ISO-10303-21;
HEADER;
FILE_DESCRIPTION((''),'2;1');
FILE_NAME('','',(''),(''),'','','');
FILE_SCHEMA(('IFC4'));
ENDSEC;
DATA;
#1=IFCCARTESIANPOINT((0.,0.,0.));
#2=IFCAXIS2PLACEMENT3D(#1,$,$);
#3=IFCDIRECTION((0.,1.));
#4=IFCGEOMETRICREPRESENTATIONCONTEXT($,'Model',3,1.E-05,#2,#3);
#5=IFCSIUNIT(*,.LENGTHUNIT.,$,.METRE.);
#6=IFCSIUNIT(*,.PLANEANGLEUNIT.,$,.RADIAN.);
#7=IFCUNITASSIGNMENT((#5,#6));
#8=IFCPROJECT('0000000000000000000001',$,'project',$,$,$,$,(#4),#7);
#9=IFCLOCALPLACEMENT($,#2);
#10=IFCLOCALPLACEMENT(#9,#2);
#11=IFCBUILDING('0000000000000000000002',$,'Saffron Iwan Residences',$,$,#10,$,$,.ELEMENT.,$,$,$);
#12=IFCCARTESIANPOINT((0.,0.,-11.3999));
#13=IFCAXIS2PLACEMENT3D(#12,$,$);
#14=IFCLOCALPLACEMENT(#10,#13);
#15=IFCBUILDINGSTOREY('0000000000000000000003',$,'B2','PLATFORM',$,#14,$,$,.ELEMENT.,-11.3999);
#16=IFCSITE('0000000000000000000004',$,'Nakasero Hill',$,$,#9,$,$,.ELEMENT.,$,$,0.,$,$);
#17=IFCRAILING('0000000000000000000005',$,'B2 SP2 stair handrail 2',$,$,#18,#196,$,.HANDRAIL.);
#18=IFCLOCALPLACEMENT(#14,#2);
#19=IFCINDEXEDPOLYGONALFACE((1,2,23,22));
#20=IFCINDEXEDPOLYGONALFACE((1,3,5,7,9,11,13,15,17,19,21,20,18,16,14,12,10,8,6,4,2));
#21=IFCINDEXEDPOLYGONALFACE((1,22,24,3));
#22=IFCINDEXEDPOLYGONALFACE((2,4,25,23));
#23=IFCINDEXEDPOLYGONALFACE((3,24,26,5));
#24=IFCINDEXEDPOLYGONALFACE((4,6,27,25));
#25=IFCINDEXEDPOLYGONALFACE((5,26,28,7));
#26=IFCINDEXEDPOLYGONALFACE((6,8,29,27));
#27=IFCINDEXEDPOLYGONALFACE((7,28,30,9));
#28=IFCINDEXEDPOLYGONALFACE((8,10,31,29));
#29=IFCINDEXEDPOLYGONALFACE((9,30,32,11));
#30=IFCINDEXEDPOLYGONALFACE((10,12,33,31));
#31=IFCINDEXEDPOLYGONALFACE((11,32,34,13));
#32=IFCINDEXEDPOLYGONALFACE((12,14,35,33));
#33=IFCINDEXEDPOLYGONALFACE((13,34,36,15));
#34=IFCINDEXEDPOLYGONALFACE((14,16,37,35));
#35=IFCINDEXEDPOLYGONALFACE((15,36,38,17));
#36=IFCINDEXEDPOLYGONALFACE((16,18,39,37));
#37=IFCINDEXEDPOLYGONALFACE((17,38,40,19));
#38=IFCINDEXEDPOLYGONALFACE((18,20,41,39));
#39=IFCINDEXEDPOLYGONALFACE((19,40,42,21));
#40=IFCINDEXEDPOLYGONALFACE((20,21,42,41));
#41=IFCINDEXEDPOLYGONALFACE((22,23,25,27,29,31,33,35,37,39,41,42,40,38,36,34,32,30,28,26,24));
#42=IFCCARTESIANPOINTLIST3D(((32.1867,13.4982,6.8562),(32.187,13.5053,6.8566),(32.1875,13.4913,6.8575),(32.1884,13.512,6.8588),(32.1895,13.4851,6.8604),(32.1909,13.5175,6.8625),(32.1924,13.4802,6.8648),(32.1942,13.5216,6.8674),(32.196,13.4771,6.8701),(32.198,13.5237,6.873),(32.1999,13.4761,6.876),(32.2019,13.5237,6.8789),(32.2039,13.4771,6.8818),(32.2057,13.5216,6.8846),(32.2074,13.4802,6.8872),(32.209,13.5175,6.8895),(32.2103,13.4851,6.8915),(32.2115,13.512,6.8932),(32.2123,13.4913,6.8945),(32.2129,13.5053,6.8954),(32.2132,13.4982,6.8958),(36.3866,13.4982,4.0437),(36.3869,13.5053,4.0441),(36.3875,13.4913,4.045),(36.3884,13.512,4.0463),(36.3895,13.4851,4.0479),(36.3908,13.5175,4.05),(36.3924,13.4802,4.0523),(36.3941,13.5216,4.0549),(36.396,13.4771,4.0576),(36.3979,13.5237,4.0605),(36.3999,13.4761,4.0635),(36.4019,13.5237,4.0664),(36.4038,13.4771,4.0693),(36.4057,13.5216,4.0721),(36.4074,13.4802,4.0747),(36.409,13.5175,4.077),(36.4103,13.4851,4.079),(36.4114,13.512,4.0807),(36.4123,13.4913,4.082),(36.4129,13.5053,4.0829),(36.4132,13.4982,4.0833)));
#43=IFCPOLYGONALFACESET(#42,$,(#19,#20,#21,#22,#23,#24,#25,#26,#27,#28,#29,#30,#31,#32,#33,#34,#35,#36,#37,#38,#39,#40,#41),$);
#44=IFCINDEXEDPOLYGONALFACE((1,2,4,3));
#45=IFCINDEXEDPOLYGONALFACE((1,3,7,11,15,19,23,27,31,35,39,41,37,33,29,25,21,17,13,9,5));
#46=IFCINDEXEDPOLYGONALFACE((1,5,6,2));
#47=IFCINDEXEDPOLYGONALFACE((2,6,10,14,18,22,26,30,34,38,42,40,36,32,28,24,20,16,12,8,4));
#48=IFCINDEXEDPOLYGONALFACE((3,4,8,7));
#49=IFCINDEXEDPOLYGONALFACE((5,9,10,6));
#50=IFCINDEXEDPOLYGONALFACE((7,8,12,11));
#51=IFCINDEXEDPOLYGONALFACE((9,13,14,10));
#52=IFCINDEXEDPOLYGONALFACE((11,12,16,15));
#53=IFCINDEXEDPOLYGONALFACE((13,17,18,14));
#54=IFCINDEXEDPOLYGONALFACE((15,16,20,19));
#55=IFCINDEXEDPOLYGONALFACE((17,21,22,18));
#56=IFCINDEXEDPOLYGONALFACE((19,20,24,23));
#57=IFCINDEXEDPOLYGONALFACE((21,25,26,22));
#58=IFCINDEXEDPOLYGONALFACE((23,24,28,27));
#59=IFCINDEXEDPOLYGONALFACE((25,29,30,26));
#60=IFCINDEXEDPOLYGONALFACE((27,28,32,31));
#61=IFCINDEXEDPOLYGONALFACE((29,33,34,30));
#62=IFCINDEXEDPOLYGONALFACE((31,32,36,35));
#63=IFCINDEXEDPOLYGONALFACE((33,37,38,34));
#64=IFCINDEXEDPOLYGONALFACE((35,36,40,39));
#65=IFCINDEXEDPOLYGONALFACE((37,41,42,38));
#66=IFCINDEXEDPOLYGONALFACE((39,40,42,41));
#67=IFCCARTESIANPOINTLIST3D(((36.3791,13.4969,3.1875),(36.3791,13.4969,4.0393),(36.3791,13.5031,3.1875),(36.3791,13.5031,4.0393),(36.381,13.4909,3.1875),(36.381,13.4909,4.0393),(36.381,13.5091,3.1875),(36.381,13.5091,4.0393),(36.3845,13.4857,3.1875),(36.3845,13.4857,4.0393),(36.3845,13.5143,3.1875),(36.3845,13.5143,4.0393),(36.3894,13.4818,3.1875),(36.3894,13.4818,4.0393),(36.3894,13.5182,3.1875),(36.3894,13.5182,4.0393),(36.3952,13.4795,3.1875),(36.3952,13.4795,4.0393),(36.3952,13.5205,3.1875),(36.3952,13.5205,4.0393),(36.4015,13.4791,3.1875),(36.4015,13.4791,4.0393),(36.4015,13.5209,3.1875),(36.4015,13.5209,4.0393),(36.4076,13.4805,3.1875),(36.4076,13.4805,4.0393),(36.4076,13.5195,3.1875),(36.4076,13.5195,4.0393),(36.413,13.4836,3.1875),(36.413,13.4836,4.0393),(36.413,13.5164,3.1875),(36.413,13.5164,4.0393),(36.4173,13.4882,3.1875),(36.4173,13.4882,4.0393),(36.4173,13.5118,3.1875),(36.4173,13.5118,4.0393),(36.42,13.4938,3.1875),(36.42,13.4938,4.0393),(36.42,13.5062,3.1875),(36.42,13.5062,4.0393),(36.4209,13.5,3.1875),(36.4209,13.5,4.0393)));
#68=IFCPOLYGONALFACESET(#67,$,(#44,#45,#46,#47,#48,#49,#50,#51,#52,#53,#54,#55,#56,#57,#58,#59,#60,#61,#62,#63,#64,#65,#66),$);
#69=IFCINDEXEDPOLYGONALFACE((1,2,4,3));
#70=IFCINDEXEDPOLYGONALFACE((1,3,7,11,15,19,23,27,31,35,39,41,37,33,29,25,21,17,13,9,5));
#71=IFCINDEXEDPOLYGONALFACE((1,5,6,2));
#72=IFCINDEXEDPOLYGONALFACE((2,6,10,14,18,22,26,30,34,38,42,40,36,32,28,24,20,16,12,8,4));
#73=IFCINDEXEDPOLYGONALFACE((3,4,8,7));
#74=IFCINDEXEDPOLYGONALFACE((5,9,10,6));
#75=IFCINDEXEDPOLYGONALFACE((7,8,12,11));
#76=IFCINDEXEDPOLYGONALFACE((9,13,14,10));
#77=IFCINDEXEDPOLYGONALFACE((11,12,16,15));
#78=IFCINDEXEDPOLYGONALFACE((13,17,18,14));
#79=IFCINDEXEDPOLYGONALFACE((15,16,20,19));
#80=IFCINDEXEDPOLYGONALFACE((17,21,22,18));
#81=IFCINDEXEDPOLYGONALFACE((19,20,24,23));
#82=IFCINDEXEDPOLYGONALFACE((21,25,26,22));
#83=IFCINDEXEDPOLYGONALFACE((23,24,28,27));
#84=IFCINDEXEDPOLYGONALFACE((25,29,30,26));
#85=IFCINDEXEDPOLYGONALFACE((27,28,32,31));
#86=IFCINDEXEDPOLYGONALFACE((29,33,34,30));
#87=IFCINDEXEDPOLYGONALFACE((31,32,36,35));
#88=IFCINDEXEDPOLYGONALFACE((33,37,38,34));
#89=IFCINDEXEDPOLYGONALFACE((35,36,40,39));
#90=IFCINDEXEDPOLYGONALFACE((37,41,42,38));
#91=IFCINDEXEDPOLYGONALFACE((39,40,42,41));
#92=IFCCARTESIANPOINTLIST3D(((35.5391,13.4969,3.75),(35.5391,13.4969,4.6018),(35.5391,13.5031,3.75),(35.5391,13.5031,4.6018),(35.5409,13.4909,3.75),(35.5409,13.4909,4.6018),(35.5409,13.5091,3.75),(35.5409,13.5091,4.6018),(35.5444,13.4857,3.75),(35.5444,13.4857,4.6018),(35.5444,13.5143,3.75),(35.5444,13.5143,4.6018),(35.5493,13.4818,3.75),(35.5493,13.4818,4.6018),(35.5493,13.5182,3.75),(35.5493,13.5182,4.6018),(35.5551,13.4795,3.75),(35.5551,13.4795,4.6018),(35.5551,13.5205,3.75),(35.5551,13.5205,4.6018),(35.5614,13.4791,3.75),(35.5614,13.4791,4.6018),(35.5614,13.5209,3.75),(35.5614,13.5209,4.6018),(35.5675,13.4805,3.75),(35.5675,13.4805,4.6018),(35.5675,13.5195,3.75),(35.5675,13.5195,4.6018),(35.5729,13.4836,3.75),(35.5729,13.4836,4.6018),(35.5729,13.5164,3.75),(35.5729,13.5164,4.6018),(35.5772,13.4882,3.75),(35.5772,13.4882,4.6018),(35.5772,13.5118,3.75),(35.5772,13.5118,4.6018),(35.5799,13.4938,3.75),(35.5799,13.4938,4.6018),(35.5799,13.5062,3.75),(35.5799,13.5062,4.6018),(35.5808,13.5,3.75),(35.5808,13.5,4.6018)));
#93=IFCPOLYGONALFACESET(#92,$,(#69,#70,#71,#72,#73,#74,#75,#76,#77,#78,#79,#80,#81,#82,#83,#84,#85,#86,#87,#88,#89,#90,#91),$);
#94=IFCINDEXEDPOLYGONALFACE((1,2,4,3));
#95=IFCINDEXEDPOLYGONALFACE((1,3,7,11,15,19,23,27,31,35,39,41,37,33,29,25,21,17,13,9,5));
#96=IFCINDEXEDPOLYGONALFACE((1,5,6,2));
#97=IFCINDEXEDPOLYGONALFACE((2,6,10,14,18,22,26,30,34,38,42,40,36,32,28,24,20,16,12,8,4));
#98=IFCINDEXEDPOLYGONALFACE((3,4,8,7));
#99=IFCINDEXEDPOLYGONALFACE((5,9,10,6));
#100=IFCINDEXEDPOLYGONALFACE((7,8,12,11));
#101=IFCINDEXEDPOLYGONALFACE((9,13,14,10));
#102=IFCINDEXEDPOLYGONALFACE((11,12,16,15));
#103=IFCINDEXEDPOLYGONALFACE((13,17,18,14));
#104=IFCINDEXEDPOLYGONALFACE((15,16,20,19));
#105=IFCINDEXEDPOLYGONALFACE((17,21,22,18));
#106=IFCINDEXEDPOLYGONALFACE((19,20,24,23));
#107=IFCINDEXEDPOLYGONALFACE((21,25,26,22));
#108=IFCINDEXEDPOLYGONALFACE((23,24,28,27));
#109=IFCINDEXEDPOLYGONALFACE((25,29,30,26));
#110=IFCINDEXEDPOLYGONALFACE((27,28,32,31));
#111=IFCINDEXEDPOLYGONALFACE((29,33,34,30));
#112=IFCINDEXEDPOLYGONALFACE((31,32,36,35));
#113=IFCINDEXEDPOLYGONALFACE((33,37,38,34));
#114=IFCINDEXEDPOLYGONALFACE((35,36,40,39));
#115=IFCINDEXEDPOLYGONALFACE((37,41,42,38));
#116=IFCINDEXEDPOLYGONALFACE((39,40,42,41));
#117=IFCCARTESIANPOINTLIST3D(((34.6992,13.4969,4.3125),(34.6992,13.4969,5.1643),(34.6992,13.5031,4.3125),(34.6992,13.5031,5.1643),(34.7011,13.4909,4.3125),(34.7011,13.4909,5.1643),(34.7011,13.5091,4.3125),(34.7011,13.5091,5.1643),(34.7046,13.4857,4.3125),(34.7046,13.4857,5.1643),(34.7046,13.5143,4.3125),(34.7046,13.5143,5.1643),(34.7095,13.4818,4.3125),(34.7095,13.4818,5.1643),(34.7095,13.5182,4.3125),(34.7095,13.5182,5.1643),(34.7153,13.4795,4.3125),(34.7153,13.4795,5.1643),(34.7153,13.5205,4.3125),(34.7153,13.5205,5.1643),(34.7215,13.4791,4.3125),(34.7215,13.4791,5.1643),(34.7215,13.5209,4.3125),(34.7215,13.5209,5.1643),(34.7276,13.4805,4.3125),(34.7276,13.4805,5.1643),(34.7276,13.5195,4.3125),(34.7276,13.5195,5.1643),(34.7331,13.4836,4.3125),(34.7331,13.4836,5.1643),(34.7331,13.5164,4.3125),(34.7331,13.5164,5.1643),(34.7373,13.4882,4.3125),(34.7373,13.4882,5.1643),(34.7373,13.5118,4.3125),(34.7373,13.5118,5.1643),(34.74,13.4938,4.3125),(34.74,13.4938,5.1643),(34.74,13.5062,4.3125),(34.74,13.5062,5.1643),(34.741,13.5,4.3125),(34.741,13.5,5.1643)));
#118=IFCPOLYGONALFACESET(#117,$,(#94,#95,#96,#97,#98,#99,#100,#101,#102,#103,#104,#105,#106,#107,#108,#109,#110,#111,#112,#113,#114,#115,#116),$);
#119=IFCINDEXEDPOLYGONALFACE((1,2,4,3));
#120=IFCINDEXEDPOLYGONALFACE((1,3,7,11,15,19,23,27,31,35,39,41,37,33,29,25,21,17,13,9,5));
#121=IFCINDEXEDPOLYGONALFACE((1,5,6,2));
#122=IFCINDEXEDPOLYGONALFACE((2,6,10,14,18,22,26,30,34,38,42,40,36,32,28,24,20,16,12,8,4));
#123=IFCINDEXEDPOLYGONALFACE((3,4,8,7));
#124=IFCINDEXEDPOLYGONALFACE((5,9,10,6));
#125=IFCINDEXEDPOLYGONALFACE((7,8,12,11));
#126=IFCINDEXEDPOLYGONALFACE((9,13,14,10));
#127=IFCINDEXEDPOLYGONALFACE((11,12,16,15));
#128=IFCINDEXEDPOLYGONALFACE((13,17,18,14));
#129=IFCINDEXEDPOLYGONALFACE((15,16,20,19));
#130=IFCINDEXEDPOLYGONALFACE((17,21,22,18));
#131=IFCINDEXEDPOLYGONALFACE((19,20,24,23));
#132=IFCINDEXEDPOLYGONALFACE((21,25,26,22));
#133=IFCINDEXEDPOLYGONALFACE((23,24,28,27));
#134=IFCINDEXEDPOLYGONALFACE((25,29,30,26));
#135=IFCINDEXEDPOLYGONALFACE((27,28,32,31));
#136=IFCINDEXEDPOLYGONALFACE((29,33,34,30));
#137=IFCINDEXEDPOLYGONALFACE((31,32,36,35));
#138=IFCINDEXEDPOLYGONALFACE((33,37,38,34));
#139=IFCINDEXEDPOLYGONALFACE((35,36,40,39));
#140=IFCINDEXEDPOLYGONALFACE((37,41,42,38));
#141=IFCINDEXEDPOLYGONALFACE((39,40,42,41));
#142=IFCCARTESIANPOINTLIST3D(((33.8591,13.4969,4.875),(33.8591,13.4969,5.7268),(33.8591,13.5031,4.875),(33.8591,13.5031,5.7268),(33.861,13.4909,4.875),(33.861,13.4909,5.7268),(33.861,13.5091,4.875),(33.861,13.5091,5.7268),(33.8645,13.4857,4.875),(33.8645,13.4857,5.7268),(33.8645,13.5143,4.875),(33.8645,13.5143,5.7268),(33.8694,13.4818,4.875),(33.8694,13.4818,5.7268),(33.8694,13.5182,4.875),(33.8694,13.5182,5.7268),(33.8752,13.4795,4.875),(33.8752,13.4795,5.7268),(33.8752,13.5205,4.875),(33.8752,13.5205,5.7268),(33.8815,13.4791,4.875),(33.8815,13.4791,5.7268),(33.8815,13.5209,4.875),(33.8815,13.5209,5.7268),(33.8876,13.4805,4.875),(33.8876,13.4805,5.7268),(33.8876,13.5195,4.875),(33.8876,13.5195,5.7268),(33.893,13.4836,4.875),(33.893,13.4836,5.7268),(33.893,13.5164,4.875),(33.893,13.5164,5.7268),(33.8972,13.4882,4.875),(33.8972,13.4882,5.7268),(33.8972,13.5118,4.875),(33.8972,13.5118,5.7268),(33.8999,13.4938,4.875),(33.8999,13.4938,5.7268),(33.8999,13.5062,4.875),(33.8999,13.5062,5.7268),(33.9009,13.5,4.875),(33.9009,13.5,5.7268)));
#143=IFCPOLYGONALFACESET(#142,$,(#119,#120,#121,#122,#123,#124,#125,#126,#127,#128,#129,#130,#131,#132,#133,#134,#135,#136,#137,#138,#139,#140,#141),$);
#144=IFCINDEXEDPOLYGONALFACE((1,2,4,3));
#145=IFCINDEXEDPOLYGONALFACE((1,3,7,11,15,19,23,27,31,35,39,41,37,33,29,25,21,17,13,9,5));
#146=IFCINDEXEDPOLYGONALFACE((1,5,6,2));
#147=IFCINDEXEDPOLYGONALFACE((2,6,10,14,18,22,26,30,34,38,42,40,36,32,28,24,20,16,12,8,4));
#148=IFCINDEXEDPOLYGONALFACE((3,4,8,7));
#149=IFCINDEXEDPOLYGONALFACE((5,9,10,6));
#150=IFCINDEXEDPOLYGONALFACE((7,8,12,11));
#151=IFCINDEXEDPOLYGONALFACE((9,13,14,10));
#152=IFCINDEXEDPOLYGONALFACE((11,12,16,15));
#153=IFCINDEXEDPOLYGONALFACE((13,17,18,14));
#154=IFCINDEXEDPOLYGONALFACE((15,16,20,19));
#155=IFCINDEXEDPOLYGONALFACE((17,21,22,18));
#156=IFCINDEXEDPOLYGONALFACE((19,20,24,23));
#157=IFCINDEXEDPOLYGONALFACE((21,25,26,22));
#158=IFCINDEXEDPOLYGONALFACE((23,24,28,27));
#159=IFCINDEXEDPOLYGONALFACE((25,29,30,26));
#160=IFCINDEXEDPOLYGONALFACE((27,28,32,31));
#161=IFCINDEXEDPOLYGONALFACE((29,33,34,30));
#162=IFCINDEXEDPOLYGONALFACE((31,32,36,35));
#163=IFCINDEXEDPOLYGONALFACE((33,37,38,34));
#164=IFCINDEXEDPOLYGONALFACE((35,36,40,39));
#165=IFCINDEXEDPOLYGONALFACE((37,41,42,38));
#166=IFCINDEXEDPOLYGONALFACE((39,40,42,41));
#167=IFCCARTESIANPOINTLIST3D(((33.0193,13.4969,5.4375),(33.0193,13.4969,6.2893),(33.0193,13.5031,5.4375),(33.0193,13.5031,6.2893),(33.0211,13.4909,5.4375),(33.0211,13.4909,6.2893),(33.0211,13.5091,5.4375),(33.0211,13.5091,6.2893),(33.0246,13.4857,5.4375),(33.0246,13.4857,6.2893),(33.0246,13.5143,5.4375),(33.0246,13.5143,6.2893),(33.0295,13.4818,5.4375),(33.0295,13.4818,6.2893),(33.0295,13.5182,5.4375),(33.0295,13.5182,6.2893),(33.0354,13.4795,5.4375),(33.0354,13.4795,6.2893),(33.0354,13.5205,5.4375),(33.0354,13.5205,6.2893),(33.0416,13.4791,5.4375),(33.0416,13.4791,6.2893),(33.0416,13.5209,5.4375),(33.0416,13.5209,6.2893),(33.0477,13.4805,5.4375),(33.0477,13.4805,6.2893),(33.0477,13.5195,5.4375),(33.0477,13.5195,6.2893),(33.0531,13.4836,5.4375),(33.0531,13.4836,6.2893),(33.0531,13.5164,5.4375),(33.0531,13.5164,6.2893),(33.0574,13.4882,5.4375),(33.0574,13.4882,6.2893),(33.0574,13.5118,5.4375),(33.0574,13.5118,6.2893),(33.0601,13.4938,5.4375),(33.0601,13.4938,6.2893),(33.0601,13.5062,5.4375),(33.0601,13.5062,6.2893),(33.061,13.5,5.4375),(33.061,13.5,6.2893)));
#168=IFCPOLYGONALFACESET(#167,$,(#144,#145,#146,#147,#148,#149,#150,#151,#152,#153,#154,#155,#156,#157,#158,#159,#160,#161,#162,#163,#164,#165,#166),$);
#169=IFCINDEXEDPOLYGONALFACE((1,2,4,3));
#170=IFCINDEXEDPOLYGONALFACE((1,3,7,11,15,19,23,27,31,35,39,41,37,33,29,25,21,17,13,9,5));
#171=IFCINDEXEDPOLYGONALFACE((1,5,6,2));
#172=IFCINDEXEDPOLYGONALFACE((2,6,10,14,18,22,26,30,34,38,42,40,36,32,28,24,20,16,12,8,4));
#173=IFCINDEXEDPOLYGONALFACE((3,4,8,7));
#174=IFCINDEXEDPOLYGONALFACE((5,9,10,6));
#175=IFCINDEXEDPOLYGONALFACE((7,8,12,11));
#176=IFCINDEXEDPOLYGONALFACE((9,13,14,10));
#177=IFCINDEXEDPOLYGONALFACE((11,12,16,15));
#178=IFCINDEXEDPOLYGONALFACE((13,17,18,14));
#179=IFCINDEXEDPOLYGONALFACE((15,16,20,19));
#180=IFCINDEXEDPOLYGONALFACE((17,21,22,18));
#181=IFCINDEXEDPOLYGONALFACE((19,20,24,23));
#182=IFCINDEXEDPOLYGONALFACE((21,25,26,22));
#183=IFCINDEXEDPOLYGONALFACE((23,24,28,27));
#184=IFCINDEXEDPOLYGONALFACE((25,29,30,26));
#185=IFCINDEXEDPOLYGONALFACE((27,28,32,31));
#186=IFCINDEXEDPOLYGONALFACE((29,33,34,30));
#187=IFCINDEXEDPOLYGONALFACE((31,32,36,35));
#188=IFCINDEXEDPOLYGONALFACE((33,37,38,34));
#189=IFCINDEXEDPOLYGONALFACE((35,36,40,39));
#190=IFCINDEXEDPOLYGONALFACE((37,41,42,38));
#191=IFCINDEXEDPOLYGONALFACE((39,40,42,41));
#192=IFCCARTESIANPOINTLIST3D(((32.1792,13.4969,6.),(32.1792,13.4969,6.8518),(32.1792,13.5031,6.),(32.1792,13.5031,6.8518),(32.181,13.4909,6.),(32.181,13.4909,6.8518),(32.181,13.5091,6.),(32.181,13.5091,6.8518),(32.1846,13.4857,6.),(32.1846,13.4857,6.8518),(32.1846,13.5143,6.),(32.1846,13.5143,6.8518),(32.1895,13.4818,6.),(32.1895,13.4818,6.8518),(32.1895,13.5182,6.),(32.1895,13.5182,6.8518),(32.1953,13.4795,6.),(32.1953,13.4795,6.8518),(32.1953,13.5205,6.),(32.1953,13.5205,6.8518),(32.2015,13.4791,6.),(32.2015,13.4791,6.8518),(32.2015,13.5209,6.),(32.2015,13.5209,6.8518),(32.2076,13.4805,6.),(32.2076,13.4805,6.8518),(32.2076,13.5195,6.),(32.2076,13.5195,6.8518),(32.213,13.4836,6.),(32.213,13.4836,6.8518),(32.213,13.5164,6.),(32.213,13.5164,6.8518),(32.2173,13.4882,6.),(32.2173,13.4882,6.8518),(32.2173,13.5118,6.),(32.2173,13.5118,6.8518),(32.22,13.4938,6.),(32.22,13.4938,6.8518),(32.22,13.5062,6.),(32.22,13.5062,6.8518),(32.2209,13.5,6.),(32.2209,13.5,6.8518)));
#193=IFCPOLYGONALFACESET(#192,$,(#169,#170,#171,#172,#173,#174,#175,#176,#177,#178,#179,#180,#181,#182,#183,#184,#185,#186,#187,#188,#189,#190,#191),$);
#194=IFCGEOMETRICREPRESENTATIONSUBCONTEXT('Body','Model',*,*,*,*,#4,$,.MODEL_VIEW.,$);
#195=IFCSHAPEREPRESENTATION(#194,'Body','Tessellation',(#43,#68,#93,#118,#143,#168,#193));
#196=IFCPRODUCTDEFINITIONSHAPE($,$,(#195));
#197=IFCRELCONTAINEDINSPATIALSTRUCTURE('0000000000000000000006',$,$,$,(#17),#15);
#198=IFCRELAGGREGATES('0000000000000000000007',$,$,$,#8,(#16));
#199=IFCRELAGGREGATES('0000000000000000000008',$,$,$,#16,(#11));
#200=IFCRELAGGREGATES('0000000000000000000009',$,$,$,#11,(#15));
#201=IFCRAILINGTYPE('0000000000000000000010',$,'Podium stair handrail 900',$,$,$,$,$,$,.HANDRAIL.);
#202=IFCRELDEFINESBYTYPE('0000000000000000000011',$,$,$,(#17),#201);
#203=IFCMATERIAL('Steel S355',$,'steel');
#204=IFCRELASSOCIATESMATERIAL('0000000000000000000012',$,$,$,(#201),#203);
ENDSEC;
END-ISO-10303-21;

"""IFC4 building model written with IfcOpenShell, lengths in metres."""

from ifc_helpers import new_model, si_unit, direction, frame, origin, origin_2d, place, context, subcontext, project, spatial, circle, extrude, material, type_object, element, save


model = new_model("IFC4")

# Units and contexts
model_context = context("Model", 3, precision=1e-05, world=origin(), true_north=direction((0.0, 1.0)))
body_context = subcontext(model_context, "Body", "Model", "MODEL_VIEW")
ifc_project = project(units=[si_unit("LENGTHUNIT", "METRE"), si_unit("PLANEANGLEUNIT", "RADIAN")], contexts=[model_context])

# Site, building, storey
site_placement = place(None, origin())
site = spatial("IfcSite", under=ifc_project, at=site_placement, Name="Nakasero Hill", CompositionType="ELEMENT", RefElevation=0.0)
building_placement = place(site_placement, origin())
building = spatial("IfcBuilding", under=site, at=building_placement, Name="Saffron Iwan Residences", CompositionType="ELEMENT")
storey_placement = place(building_placement, frame((0.0, 0.0, -11.3999)))
storey = spatial("IfcBuildingStorey", under=building, at=storey_placement, Name="B2", Description="PLATFORM", CompositionType="ELEMENT", Elevation=-11.3999)

# Railing
ifc_material_1 = material(Name="Steel S355", Category="steel")
railing_type_1 = type_object("IfcRailingType", Name="Podium stair handrail 900", PredefinedType="HANDRAIL", material=ifc_material_1)
railing_1_placement = place(storey_placement, frame((36.3999, 13.5, 3.1875)))
element("IfcRailing", 1, at=railing_1_placement, inside=storey, type_object=railing_type_1, Name="B2 SP2 stair handrail 2", PredefinedType="HANDRAIL", context=body_context, shape_type="SweptSolid", body=[
    extrude(circle(Radius=0.0239, at=origin_2d()), frame((0.0, 0.0, 0.876), z_axis=(-0.830904, 0.0, 0.556416), x_axis=(0.0, -1.0, 0.0)), (0.0, 0.0, 1.0), 5.0547),
    extrude(circle(Radius=0.021, at=origin_2d()), origin(), (0.0, 0.0, 1.0), 0.8518),
    extrude(circle(Radius=0.021, at=origin_2d()), frame((-0.8401, 0.0, 0.5625)), (0.0, 0.0, 1.0), 0.8518),
    extrude(circle(Radius=0.021, at=origin_2d()), frame((-1.6799, 0.0, 1.125)), (0.0, 0.0, 1.0), 0.8518),
    extrude(circle(Radius=0.021, at=origin_2d()), frame((-2.52, 0.0, 1.6875)), (0.0, 0.0, 1.0), 0.8518),
    extrude(circle(Radius=0.021, at=origin_2d()), frame((-3.3599, 0.0, 2.25)), (0.0, 0.0, 1.0), 0.8518),
    extrude(circle(Radius=0.021, at=origin_2d()), frame((-4.2, 0.0, 2.8125)), (0.0, 0.0, 1.0), 0.8518),
])

save(model, "model.ifc")
